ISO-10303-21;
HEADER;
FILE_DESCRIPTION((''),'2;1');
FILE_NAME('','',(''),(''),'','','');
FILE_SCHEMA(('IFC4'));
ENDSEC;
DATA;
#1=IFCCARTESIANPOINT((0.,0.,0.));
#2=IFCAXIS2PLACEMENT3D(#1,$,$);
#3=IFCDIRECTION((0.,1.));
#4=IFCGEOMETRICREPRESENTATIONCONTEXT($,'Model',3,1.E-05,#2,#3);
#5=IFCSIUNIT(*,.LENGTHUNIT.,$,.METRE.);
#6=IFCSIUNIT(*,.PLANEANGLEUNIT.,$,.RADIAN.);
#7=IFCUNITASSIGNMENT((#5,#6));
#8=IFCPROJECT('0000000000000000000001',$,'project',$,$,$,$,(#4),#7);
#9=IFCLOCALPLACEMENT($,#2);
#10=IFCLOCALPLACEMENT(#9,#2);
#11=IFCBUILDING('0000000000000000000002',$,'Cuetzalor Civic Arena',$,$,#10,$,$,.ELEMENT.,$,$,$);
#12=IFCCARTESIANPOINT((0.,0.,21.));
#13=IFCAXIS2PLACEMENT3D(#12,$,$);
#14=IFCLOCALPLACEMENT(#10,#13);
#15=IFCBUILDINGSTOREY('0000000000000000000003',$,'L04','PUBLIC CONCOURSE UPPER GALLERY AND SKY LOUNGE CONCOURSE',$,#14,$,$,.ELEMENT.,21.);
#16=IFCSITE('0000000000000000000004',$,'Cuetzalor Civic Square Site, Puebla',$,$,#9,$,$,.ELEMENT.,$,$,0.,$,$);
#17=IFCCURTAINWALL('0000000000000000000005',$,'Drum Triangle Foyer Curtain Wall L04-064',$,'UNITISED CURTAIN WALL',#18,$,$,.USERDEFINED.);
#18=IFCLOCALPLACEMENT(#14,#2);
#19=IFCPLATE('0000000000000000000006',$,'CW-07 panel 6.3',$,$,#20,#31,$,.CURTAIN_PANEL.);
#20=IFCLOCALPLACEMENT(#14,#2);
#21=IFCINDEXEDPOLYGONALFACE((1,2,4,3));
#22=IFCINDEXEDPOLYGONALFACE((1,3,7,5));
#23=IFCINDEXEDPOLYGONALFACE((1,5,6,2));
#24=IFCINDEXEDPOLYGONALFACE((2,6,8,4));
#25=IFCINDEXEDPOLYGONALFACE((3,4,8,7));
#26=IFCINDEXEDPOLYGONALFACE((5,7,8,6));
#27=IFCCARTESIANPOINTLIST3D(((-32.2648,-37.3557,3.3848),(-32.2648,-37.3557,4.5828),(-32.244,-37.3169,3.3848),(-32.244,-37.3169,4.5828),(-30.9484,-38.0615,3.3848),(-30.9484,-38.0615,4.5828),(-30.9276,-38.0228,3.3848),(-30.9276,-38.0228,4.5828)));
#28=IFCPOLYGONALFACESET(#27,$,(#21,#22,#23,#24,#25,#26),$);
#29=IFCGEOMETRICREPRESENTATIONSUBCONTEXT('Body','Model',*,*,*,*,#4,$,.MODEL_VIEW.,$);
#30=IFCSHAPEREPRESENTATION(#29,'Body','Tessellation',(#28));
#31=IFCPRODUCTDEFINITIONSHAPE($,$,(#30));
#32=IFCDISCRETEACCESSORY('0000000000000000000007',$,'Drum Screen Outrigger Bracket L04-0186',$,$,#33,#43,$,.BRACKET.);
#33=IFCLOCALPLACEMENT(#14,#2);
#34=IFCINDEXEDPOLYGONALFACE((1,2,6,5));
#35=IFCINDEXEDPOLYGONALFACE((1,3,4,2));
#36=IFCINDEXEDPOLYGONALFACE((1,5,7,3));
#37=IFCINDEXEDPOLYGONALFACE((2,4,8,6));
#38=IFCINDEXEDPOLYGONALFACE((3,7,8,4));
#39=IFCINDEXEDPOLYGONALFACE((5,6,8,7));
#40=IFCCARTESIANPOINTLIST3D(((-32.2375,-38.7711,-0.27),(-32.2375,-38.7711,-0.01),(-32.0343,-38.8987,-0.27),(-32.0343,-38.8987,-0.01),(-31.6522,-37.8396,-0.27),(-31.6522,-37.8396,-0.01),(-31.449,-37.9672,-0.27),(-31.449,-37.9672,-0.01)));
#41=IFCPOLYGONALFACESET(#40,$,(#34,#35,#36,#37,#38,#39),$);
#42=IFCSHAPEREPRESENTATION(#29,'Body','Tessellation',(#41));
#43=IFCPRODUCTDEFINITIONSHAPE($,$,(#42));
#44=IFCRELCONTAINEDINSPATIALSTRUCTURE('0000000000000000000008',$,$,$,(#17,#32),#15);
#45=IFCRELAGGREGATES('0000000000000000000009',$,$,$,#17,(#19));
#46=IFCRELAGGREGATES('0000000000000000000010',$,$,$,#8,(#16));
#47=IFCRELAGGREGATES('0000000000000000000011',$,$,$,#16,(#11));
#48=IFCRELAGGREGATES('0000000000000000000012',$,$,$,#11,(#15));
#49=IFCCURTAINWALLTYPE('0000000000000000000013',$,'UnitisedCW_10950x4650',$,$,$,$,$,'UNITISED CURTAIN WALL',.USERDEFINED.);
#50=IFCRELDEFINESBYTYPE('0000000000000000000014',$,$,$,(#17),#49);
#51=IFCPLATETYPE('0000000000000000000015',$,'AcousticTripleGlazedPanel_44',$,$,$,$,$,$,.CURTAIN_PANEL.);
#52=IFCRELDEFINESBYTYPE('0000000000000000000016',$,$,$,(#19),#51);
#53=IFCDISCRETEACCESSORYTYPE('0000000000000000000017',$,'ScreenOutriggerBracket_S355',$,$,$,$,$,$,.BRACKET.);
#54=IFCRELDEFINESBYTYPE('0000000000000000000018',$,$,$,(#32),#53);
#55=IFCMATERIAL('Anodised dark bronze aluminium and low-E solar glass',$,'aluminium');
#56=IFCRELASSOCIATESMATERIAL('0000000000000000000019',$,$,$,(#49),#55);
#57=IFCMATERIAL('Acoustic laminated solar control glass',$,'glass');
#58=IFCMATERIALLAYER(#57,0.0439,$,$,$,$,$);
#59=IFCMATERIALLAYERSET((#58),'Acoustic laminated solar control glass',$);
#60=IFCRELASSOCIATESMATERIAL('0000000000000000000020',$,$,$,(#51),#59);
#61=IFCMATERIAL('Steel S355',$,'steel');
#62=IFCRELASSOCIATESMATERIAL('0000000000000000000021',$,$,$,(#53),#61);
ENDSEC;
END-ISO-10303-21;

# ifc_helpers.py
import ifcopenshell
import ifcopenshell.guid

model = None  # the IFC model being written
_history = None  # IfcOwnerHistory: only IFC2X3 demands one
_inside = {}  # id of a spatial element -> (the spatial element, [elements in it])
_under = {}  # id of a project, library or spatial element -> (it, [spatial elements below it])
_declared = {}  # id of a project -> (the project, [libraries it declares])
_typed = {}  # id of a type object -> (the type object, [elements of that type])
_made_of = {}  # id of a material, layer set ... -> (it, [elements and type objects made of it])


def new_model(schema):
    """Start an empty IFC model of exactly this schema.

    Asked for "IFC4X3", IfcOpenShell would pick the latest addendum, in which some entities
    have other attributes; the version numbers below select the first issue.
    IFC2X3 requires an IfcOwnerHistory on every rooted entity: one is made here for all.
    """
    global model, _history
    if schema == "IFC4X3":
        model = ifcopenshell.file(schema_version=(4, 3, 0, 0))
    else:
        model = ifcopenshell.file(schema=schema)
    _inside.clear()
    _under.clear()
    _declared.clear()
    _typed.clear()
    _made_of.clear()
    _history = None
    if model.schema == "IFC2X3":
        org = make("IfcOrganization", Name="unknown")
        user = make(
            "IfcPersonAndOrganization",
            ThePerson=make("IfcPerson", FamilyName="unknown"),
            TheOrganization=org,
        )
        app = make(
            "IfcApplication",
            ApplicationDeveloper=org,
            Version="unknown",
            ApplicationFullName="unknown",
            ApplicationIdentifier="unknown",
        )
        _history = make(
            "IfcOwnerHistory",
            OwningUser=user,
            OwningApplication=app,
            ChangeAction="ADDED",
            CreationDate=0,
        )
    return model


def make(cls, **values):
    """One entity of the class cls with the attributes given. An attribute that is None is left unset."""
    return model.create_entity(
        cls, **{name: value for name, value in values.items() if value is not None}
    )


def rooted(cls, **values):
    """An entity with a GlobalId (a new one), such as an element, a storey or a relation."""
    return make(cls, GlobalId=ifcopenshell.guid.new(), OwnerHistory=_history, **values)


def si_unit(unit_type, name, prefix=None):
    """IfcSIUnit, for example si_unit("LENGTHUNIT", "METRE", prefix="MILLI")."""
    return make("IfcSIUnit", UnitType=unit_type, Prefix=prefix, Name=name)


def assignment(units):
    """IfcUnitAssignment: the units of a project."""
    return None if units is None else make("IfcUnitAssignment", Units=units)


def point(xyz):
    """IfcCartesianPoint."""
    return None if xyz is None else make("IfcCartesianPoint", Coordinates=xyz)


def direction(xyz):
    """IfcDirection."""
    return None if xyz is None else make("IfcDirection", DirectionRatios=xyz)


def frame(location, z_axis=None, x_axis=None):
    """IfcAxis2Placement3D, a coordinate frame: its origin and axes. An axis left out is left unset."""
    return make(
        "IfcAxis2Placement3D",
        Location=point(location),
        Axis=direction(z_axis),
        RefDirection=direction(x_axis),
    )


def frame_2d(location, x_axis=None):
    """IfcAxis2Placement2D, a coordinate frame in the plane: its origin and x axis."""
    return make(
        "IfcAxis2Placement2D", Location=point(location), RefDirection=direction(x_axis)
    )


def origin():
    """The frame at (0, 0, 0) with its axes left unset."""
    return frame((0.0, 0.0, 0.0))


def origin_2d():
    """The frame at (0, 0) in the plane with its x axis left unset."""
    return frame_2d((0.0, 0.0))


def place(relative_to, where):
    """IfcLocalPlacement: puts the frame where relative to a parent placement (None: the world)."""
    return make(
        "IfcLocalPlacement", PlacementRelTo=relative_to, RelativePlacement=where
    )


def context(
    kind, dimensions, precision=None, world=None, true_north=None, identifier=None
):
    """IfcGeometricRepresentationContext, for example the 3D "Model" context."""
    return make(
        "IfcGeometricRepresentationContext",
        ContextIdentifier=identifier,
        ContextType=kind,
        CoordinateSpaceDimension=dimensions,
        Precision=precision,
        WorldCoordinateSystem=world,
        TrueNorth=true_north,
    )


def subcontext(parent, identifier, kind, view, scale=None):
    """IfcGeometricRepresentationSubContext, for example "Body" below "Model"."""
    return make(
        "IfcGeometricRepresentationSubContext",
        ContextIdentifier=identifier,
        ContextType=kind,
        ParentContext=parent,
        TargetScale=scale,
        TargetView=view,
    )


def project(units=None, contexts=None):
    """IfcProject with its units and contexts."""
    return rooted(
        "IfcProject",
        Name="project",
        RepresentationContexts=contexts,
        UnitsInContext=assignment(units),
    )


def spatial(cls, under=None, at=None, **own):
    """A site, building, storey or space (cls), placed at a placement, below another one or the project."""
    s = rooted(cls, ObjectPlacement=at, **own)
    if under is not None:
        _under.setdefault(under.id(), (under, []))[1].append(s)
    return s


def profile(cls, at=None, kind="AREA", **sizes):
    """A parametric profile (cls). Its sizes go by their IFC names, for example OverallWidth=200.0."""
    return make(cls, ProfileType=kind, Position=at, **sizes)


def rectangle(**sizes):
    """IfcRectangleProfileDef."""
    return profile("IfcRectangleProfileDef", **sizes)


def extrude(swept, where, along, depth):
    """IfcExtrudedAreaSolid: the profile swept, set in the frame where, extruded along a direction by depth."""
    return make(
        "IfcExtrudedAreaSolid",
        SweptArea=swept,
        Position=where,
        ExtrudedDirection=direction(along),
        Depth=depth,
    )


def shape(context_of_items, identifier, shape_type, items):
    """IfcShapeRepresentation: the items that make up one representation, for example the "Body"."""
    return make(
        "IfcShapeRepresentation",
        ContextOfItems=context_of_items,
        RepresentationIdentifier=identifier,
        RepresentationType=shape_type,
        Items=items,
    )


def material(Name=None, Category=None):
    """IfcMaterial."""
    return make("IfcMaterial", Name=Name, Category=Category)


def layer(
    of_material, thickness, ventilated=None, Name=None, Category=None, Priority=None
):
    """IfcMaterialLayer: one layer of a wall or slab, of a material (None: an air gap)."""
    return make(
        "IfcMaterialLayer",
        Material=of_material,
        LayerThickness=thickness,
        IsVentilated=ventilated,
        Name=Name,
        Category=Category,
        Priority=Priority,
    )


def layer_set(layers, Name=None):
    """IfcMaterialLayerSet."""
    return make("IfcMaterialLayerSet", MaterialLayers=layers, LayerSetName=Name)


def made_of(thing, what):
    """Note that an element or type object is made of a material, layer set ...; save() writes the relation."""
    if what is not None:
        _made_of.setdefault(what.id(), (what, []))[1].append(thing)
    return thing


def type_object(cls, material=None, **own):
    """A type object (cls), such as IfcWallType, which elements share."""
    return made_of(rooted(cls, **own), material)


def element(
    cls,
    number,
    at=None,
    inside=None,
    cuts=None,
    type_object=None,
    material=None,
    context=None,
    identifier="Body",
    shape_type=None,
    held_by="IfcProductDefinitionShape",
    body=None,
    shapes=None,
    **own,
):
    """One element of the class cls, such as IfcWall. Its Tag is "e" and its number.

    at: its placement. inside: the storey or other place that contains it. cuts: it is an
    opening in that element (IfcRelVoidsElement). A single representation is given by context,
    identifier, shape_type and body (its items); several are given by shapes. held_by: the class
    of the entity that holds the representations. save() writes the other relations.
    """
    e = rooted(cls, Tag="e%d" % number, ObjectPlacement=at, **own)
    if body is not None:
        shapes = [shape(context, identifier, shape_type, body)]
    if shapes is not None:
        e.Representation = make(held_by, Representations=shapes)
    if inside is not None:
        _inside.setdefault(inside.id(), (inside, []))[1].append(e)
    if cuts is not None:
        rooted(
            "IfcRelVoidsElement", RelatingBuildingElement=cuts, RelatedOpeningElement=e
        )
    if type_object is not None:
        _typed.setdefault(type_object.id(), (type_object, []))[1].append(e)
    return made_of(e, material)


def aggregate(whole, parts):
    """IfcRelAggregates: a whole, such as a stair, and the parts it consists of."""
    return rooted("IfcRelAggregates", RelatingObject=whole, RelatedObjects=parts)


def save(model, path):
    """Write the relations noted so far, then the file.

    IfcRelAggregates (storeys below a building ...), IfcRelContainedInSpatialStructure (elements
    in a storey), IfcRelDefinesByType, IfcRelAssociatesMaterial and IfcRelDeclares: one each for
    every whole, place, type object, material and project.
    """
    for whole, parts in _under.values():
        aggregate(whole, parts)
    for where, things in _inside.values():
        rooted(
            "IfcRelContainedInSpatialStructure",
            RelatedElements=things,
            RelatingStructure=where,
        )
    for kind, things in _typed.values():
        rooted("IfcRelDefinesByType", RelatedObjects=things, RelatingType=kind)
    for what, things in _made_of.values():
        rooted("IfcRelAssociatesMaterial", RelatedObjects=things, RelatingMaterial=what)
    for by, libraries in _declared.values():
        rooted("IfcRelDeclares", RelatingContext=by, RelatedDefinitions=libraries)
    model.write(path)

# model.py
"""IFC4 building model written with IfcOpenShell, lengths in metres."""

from ifc_helpers import new_model, si_unit, direction, frame, origin, origin_2d, place, context, subcontext, project, spatial, rectangle, extrude, material, layer, layer_set, type_object, element, aggregate, save


model = new_model("IFC4")

# Units and contexts
model_context = context("Model", 3, precision=1e-05, world=origin(), true_north=direction((0.0, 1.0)))
body_context = subcontext(model_context, "Body", "Model", "MODEL_VIEW")
ifc_project = project(units=[si_unit("LENGTHUNIT", "METRE"), si_unit("PLANEANGLEUNIT", "RADIAN")], contexts=[model_context])

# Site, building, storey
site_placement = place(None, origin())
site = spatial("IfcSite", under=ifc_project, at=site_placement, Name="Cuetzalor Civic Square Site, Puebla", CompositionType="ELEMENT", RefElevation=0.0)
building_placement = place(site_placement, origin())
building = spatial("IfcBuilding", under=site, at=building_placement, Name="Cuetzalor Civic Arena", CompositionType="ELEMENT")
storey_placement = place(building_placement, frame((0.0, 0.0, 21.0)))
storey = spatial("IfcBuildingStorey", under=building, at=storey_placement, Name="L04", Description="PUBLIC CONCOURSE UPPER GALLERY AND SKY LOUNGE CONCOURSE", CompositionType="ELEMENT", Elevation=21.0)

# Curtain wall
ifc_material_1 = material(Name="Anodised dark bronze aluminium and low-E solar glass", Category="aluminium")
curtain_wall_type = type_object("IfcCurtainWallType", Name="UnitisedCW_10950x4650", ElementType="UNITISED CURTAIN WALL", PredefinedType="USERDEFINED", material=ifc_material_1)
curtain_wall_placement = place(storey_placement, origin())
curtain_wall = element("IfcCurtainWall", 1, at=curtain_wall_placement, inside=storey, type_object=curtain_wall_type, Name="Drum Triangle Foyer Curtain Wall L04-064", ObjectType="UNITISED CURTAIN WALL", PredefinedType="USERDEFINED")

# Plate
ifc_material_2 = material(Name="Acoustic laminated solar control glass", Category="glass")
ifc_layer = layer(ifc_material_2, 0.0439)
ifc_layer_set = layer_set([ifc_layer], Name="Acoustic laminated solar control glass")
plate_type = type_object("IfcPlateType", Name="AcousticTripleGlazedPanel_44", PredefinedType="CURTAIN_PANEL", material=ifc_layer_set)
plate_1_placement = place(storey_placement, frame((-31.5962, -37.6892, 3.3848), z_axis=(0.0, 0.0, 1.0), x_axis=(-0.881306, 0.472545, 0.0)))
plate_1 = element("IfcPlate", 2, at=plate_1_placement, type_object=plate_type, Name="CW-07 panel 6.3", PredefinedType="CURTAIN_PANEL", context=body_context, shape_type="SweptSolid", body=[
    extrude(rectangle(XDim=1.4937, YDim=0.0439, at=origin_2d()), origin(), (0.0, 0.0, 1.0), 1.198),
])
aggregate(curtain_wall, [plate_1])

# Discrete accessory
ifc_material_3 = material(Name="Steel S355", Category="steel")
discrete_accessory_type = type_object("IfcDiscreteAccessoryType", Name="ScreenOutriggerBracket_S355", PredefinedType="BRACKET", material=ifc_material_3)
discrete_accessory_placement = place(storey_placement, frame((-31.8433, -38.3691, -0.27), z_axis=(0.0, 0.0, 1.0), x_axis=(-0.53199, -0.846751, 0.0)))
element("IfcDiscreteAccessory", 3, at=discrete_accessory_placement, inside=storey, type_object=discrete_accessory_type, Name="Drum Screen Outrigger Bracket L04-0186", PredefinedType="BRACKET", context=body_context, shape_type="SweptSolid", body=[
    extrude(rectangle(XDim=1.1001, YDim=0.24, at=origin_2d()), origin(), (0.0, 0.0, 1.0), 0.26),
])

save(model, "model.ifc")
